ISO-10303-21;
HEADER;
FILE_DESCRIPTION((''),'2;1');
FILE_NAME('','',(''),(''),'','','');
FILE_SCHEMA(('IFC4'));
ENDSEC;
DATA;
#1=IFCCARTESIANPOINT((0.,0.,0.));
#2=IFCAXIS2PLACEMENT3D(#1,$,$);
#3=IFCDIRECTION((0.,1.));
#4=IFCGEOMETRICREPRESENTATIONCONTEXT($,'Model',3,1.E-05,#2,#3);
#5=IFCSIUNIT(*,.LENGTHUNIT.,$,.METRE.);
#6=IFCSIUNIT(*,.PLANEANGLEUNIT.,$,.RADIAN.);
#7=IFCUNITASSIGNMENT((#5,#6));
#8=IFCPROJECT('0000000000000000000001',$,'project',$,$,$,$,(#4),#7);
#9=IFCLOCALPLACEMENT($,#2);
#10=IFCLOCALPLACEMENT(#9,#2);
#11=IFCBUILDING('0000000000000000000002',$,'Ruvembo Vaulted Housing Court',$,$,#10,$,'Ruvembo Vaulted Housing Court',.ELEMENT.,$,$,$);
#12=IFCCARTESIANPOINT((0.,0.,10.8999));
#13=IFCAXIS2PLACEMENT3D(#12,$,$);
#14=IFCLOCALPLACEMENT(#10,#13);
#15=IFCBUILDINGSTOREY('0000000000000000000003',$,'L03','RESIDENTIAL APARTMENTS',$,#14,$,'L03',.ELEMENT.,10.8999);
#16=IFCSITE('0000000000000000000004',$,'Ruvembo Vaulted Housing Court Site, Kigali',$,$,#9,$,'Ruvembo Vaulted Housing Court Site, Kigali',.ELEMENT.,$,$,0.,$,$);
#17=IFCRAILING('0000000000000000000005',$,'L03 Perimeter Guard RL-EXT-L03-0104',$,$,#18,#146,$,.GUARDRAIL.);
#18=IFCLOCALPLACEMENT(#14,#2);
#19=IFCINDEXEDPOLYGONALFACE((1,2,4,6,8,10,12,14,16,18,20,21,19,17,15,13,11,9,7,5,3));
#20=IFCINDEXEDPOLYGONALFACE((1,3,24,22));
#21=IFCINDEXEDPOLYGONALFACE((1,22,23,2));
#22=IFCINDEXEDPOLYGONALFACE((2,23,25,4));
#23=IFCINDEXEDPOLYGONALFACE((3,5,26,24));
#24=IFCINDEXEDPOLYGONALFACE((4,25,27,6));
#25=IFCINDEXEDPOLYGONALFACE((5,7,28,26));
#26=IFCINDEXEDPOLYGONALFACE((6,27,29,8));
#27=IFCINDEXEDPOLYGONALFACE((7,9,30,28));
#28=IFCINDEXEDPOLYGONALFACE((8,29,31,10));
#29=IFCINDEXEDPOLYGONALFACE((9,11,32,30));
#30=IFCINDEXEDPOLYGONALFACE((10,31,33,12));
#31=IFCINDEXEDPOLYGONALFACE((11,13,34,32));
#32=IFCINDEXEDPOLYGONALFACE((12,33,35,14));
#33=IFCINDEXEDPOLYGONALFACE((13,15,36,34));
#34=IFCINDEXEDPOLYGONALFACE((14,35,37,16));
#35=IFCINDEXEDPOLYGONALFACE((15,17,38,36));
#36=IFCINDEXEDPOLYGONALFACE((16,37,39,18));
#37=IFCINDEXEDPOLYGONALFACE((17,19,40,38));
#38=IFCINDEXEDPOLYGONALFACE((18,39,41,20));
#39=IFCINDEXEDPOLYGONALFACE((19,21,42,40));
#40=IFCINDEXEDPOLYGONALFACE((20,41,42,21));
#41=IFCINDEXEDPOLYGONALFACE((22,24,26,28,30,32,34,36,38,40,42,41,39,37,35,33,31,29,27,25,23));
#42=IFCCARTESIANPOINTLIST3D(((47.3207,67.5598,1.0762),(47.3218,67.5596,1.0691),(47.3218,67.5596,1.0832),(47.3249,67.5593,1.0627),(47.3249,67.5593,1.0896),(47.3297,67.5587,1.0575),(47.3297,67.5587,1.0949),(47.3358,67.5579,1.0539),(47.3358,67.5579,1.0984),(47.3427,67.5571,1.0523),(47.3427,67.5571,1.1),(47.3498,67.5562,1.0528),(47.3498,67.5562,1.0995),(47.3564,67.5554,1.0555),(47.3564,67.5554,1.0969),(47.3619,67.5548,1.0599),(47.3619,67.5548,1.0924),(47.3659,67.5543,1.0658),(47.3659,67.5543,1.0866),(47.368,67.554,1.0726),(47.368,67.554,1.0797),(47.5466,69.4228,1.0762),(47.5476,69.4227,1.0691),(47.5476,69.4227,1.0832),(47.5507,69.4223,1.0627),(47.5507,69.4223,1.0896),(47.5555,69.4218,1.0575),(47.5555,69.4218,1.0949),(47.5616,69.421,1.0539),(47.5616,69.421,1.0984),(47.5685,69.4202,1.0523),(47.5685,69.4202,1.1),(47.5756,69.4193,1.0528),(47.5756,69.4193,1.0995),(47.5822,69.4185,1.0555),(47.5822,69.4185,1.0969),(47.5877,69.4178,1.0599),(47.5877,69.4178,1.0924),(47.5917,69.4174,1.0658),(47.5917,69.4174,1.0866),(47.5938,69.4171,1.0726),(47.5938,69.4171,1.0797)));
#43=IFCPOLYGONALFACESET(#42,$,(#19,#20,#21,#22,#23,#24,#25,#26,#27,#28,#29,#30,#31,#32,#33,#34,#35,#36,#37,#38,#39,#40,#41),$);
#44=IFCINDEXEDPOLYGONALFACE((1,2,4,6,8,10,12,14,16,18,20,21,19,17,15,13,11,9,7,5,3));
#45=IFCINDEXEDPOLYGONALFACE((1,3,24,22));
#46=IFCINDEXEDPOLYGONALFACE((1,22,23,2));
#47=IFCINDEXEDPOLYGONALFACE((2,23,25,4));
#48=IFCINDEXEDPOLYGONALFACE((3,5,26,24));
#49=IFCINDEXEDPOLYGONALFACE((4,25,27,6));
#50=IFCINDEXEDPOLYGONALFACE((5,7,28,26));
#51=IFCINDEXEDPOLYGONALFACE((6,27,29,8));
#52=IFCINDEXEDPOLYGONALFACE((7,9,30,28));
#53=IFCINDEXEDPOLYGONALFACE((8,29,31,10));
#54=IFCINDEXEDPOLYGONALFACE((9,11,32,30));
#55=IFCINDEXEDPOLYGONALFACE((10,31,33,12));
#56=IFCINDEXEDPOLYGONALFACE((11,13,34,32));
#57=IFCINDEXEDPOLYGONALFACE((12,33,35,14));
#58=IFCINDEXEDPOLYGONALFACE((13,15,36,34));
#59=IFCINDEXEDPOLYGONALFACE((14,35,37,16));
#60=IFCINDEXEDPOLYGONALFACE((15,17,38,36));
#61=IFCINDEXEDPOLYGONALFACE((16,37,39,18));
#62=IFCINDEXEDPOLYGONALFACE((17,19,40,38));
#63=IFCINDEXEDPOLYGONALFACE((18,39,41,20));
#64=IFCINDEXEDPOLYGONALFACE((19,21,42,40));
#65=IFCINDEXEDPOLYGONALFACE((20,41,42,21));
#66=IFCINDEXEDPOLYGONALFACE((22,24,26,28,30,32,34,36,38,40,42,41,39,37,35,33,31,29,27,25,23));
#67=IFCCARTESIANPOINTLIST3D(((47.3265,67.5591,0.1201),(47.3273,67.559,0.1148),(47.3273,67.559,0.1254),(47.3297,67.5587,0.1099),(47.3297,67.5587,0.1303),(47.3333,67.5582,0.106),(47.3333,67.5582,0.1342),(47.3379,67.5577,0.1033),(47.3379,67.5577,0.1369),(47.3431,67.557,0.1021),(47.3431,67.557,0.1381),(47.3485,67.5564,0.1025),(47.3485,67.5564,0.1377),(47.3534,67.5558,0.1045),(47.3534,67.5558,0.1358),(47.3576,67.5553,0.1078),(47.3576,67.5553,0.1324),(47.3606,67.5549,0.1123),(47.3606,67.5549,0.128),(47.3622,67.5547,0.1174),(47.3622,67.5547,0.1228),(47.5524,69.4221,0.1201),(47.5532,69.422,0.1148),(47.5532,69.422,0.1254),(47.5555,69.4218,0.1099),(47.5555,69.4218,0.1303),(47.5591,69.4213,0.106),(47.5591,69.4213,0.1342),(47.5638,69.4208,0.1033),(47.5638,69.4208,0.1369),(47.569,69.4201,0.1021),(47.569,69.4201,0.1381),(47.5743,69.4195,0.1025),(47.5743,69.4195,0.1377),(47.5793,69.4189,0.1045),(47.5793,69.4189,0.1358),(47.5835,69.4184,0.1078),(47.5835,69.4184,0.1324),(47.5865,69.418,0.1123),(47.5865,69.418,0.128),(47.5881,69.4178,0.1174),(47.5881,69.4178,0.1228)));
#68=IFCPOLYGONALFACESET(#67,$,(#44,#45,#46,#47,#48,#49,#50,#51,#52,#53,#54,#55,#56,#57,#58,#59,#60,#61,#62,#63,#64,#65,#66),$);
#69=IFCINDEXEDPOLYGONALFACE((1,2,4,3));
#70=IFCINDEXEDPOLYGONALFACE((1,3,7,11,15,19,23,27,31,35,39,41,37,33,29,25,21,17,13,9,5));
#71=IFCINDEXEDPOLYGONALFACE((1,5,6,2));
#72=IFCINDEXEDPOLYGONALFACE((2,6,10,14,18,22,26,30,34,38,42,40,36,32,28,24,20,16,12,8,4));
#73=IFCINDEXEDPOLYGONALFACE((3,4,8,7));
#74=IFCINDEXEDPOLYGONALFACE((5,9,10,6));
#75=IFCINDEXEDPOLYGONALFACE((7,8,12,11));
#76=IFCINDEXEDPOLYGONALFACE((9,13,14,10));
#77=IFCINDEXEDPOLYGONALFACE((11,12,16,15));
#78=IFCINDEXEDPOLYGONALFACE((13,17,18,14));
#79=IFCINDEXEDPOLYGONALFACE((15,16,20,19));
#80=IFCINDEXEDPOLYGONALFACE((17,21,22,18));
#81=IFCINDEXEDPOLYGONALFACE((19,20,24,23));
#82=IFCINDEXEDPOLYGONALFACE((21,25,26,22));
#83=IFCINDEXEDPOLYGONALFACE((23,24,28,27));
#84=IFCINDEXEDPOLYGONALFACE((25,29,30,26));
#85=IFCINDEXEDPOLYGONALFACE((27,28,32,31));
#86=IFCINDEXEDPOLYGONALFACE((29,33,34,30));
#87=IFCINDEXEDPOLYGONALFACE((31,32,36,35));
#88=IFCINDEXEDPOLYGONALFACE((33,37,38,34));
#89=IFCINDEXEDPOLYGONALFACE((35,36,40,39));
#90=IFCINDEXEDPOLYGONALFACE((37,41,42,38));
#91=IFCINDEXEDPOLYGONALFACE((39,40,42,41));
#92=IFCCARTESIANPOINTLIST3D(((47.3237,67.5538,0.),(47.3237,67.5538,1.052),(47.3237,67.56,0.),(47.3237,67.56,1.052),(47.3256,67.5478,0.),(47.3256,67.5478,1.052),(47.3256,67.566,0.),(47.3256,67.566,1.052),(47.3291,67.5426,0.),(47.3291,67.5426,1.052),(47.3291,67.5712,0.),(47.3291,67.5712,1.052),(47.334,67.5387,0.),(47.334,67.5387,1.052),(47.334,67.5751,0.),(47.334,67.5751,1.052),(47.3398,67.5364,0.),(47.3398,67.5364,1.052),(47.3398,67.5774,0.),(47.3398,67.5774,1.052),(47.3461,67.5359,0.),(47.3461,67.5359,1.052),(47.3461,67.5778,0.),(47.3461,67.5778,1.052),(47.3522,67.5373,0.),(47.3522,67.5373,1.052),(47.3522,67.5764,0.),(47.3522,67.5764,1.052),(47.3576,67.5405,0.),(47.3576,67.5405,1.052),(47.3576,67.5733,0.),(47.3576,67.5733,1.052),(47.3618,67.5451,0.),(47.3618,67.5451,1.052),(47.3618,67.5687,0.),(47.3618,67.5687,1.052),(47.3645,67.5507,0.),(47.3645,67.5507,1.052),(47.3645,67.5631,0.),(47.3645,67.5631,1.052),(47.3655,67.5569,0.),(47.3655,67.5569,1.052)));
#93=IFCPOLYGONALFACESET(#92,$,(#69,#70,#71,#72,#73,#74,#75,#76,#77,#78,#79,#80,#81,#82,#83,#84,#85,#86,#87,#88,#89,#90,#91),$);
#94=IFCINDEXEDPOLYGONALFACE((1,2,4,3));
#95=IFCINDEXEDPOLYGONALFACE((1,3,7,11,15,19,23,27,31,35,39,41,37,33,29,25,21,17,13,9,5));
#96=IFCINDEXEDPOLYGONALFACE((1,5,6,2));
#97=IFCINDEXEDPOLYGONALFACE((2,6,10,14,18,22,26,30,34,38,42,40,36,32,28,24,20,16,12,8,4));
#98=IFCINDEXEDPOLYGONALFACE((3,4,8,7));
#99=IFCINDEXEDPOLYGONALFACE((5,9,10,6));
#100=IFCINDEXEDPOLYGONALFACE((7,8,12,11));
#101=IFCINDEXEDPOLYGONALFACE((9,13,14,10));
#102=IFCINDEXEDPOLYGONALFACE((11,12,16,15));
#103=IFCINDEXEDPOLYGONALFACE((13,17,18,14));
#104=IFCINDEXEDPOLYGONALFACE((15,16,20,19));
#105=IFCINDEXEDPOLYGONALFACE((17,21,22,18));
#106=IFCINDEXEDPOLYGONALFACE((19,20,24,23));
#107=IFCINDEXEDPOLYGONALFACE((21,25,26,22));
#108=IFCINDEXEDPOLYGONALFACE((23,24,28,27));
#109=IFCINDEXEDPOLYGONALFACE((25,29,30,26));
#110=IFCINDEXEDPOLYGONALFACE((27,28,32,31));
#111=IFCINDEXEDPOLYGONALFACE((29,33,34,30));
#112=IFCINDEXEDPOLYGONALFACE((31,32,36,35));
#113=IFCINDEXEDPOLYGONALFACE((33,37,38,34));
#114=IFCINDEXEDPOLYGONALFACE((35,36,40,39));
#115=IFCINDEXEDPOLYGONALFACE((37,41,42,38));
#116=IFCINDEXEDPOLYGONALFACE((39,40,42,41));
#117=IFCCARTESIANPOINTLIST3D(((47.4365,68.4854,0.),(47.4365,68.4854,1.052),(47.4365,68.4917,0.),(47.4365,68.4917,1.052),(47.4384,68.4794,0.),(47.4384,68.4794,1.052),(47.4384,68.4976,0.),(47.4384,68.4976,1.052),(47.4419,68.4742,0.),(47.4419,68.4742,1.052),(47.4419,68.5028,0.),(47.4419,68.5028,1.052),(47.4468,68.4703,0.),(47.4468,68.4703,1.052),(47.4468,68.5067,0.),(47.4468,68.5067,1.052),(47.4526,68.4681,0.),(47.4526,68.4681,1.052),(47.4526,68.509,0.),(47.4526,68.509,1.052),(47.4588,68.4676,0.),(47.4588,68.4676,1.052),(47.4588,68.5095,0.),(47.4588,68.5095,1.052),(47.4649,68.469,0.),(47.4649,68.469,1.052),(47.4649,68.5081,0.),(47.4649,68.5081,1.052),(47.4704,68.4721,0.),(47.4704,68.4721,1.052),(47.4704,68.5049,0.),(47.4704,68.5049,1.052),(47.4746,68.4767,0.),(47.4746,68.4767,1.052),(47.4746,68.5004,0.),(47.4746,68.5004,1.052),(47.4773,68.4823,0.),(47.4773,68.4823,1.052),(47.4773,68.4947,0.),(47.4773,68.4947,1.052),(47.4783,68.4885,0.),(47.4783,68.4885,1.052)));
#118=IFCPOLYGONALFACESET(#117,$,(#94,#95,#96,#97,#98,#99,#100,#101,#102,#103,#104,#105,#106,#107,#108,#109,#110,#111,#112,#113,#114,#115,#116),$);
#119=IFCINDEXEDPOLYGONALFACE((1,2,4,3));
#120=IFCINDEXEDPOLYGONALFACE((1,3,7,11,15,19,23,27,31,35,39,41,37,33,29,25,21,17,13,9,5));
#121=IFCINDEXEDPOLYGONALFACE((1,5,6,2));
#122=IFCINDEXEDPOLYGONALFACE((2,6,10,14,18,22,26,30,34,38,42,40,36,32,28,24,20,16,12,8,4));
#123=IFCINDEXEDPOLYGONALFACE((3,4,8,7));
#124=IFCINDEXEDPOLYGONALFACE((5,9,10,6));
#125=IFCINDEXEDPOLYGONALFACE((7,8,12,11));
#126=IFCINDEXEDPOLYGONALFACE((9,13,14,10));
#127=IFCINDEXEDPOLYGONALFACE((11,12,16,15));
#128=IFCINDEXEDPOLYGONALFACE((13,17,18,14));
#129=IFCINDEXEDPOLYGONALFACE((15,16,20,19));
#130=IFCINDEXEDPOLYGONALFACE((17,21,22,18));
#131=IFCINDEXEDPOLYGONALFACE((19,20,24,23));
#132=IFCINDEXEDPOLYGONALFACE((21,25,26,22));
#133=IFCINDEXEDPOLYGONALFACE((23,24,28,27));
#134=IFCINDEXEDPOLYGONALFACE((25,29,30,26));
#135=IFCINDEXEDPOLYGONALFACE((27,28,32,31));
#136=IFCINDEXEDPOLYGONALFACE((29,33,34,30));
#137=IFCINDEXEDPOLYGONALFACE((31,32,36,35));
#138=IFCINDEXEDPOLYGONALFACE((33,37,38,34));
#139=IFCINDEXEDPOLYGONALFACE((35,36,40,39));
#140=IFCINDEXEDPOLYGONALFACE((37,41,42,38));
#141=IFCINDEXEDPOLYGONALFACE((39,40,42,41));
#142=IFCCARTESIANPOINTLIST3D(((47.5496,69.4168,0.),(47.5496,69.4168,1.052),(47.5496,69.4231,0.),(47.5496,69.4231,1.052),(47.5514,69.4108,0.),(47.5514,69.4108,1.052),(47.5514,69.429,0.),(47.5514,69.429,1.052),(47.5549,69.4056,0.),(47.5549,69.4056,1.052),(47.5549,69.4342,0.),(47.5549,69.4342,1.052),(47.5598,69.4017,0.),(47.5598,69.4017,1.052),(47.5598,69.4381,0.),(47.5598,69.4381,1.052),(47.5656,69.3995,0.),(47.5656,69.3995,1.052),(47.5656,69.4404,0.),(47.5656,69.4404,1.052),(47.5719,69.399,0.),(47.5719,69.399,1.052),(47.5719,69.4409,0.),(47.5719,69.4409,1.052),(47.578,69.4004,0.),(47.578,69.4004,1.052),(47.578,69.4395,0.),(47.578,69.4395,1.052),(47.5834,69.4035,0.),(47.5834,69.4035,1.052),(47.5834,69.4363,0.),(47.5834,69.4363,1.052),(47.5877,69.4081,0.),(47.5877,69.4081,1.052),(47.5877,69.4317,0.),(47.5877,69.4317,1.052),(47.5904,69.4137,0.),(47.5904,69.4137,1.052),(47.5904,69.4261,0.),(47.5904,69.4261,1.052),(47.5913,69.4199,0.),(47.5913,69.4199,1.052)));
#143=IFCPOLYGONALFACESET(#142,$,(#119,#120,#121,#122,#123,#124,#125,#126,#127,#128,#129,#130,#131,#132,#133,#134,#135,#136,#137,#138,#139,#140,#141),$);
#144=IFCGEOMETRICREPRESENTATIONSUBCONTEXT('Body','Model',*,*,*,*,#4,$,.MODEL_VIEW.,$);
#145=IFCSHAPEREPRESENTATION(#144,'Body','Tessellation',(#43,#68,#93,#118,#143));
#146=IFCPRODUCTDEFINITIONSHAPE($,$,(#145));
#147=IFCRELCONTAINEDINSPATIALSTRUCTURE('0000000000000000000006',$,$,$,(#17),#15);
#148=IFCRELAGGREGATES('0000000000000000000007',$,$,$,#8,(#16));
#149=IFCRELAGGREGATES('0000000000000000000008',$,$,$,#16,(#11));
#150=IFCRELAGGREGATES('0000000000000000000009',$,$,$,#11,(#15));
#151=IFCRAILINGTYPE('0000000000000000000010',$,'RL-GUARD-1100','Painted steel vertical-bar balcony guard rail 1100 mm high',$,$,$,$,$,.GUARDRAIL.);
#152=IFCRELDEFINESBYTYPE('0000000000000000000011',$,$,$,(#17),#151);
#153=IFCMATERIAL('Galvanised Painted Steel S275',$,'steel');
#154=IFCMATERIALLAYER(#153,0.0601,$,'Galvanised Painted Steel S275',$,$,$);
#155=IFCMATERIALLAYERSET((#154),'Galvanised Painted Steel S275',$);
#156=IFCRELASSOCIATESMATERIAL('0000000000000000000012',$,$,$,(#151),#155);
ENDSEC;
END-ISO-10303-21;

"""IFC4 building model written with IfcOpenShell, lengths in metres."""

from ifc_helpers import new_model, si_unit, direction, frame, origin, origin_2d, place, context, subcontext, project, spatial, circle, extrude, material, layer, layer_set, type_object, element, save


model = new_model("IFC4")

# Units and contexts
model_context = context("Model", 3, precision=1e-05, world=origin(), true_north=direction((0.0, 1.0)))
body_context = subcontext(model_context, "Body", "Model", "MODEL_VIEW")
ifc_project = project(units=[si_unit("LENGTHUNIT", "METRE"), si_unit("PLANEANGLEUNIT", "RADIAN")], contexts=[model_context])

# Site, building, storey
site_placement = place(None, origin())
site = spatial("IfcSite", under=ifc_project, at=site_placement, Name="Ruvembo Vaulted Housing Court Site, Kigali", LongName="Ruvembo Vaulted Housing Court Site, Kigali", CompositionType="ELEMENT", RefElevation=0.0)
building_placement = place(site_placement, origin())
building = spatial("IfcBuilding", under=site, at=building_placement, Name="Ruvembo Vaulted Housing Court", LongName="Ruvembo Vaulted Housing Court", CompositionType="ELEMENT")
storey_placement = place(building_placement, frame((0.0, 0.0, 10.8999)))
storey = spatial("IfcBuildingStorey", under=building, at=storey_placement, Name="L03", Description="RESIDENTIAL APARTMENTS", LongName="L03", CompositionType="ELEMENT", Elevation=10.8999)

# Railing
ifc_material_1 = material(Name="Galvanised Painted Steel S275", Category="steel")
ifc_layer = layer(ifc_material_1, 0.0601, Name="Galvanised Painted Steel S275")
ifc_layer_set = layer_set([ifc_layer], Name="Galvanised Painted Steel S275")
railing_type = type_object("IfcRailingType", Name="RL-GUARD-1100", Description="Painted steel vertical-bar balcony guard rail 1100 mm high", PredefinedType="GUARDRAIL", material=ifc_layer_set)
railing_1_placement = place(storey_placement, frame((47.3445, 67.5569, 0.0)))
element("IfcRailing", 1, at=railing_1_placement, inside=storey, type_object=railing_type, Name="L03 Perimeter Guard RL-EXT-L03-0104", PredefinedType="GUARDRAIL", context=body_context, shape_type="SweptSolid", body=[
    extrude(circle(Radius=0.0239, at=origin_2d()), frame((0.0, 0.0, 1.0762), z_axis=(0.120335, 0.992733, 0.0), x_axis=(-0.992733, 0.120335, 0.0)), (0.0, 0.0, 1.0), 1.8767),
    extrude(circle(Radius=0.0181, at=origin_2d()), frame((0.0, 0.0, 0.1201), z_axis=(0.120335, 0.992733, 0.0), x_axis=(-0.992733, 0.120335, 0.0)), (0.0, 0.0, 1.0), 1.8767),
    extrude(circle(Radius=0.021, at=origin_2d()), origin(), (0.0, 0.0, 1.0), 1.052),
    extrude(circle(Radius=0.021, at=origin_2d()), frame((0.1128, 0.9316, 0.0)), (0.0, 0.0, 1.0), 1.052),
    extrude(circle(Radius=0.021, at=origin_2d()), frame((0.2258, 1.863, 0.0)), (0.0, 0.0, 1.0), 1.052),
])

save(model, "model.ifc")
